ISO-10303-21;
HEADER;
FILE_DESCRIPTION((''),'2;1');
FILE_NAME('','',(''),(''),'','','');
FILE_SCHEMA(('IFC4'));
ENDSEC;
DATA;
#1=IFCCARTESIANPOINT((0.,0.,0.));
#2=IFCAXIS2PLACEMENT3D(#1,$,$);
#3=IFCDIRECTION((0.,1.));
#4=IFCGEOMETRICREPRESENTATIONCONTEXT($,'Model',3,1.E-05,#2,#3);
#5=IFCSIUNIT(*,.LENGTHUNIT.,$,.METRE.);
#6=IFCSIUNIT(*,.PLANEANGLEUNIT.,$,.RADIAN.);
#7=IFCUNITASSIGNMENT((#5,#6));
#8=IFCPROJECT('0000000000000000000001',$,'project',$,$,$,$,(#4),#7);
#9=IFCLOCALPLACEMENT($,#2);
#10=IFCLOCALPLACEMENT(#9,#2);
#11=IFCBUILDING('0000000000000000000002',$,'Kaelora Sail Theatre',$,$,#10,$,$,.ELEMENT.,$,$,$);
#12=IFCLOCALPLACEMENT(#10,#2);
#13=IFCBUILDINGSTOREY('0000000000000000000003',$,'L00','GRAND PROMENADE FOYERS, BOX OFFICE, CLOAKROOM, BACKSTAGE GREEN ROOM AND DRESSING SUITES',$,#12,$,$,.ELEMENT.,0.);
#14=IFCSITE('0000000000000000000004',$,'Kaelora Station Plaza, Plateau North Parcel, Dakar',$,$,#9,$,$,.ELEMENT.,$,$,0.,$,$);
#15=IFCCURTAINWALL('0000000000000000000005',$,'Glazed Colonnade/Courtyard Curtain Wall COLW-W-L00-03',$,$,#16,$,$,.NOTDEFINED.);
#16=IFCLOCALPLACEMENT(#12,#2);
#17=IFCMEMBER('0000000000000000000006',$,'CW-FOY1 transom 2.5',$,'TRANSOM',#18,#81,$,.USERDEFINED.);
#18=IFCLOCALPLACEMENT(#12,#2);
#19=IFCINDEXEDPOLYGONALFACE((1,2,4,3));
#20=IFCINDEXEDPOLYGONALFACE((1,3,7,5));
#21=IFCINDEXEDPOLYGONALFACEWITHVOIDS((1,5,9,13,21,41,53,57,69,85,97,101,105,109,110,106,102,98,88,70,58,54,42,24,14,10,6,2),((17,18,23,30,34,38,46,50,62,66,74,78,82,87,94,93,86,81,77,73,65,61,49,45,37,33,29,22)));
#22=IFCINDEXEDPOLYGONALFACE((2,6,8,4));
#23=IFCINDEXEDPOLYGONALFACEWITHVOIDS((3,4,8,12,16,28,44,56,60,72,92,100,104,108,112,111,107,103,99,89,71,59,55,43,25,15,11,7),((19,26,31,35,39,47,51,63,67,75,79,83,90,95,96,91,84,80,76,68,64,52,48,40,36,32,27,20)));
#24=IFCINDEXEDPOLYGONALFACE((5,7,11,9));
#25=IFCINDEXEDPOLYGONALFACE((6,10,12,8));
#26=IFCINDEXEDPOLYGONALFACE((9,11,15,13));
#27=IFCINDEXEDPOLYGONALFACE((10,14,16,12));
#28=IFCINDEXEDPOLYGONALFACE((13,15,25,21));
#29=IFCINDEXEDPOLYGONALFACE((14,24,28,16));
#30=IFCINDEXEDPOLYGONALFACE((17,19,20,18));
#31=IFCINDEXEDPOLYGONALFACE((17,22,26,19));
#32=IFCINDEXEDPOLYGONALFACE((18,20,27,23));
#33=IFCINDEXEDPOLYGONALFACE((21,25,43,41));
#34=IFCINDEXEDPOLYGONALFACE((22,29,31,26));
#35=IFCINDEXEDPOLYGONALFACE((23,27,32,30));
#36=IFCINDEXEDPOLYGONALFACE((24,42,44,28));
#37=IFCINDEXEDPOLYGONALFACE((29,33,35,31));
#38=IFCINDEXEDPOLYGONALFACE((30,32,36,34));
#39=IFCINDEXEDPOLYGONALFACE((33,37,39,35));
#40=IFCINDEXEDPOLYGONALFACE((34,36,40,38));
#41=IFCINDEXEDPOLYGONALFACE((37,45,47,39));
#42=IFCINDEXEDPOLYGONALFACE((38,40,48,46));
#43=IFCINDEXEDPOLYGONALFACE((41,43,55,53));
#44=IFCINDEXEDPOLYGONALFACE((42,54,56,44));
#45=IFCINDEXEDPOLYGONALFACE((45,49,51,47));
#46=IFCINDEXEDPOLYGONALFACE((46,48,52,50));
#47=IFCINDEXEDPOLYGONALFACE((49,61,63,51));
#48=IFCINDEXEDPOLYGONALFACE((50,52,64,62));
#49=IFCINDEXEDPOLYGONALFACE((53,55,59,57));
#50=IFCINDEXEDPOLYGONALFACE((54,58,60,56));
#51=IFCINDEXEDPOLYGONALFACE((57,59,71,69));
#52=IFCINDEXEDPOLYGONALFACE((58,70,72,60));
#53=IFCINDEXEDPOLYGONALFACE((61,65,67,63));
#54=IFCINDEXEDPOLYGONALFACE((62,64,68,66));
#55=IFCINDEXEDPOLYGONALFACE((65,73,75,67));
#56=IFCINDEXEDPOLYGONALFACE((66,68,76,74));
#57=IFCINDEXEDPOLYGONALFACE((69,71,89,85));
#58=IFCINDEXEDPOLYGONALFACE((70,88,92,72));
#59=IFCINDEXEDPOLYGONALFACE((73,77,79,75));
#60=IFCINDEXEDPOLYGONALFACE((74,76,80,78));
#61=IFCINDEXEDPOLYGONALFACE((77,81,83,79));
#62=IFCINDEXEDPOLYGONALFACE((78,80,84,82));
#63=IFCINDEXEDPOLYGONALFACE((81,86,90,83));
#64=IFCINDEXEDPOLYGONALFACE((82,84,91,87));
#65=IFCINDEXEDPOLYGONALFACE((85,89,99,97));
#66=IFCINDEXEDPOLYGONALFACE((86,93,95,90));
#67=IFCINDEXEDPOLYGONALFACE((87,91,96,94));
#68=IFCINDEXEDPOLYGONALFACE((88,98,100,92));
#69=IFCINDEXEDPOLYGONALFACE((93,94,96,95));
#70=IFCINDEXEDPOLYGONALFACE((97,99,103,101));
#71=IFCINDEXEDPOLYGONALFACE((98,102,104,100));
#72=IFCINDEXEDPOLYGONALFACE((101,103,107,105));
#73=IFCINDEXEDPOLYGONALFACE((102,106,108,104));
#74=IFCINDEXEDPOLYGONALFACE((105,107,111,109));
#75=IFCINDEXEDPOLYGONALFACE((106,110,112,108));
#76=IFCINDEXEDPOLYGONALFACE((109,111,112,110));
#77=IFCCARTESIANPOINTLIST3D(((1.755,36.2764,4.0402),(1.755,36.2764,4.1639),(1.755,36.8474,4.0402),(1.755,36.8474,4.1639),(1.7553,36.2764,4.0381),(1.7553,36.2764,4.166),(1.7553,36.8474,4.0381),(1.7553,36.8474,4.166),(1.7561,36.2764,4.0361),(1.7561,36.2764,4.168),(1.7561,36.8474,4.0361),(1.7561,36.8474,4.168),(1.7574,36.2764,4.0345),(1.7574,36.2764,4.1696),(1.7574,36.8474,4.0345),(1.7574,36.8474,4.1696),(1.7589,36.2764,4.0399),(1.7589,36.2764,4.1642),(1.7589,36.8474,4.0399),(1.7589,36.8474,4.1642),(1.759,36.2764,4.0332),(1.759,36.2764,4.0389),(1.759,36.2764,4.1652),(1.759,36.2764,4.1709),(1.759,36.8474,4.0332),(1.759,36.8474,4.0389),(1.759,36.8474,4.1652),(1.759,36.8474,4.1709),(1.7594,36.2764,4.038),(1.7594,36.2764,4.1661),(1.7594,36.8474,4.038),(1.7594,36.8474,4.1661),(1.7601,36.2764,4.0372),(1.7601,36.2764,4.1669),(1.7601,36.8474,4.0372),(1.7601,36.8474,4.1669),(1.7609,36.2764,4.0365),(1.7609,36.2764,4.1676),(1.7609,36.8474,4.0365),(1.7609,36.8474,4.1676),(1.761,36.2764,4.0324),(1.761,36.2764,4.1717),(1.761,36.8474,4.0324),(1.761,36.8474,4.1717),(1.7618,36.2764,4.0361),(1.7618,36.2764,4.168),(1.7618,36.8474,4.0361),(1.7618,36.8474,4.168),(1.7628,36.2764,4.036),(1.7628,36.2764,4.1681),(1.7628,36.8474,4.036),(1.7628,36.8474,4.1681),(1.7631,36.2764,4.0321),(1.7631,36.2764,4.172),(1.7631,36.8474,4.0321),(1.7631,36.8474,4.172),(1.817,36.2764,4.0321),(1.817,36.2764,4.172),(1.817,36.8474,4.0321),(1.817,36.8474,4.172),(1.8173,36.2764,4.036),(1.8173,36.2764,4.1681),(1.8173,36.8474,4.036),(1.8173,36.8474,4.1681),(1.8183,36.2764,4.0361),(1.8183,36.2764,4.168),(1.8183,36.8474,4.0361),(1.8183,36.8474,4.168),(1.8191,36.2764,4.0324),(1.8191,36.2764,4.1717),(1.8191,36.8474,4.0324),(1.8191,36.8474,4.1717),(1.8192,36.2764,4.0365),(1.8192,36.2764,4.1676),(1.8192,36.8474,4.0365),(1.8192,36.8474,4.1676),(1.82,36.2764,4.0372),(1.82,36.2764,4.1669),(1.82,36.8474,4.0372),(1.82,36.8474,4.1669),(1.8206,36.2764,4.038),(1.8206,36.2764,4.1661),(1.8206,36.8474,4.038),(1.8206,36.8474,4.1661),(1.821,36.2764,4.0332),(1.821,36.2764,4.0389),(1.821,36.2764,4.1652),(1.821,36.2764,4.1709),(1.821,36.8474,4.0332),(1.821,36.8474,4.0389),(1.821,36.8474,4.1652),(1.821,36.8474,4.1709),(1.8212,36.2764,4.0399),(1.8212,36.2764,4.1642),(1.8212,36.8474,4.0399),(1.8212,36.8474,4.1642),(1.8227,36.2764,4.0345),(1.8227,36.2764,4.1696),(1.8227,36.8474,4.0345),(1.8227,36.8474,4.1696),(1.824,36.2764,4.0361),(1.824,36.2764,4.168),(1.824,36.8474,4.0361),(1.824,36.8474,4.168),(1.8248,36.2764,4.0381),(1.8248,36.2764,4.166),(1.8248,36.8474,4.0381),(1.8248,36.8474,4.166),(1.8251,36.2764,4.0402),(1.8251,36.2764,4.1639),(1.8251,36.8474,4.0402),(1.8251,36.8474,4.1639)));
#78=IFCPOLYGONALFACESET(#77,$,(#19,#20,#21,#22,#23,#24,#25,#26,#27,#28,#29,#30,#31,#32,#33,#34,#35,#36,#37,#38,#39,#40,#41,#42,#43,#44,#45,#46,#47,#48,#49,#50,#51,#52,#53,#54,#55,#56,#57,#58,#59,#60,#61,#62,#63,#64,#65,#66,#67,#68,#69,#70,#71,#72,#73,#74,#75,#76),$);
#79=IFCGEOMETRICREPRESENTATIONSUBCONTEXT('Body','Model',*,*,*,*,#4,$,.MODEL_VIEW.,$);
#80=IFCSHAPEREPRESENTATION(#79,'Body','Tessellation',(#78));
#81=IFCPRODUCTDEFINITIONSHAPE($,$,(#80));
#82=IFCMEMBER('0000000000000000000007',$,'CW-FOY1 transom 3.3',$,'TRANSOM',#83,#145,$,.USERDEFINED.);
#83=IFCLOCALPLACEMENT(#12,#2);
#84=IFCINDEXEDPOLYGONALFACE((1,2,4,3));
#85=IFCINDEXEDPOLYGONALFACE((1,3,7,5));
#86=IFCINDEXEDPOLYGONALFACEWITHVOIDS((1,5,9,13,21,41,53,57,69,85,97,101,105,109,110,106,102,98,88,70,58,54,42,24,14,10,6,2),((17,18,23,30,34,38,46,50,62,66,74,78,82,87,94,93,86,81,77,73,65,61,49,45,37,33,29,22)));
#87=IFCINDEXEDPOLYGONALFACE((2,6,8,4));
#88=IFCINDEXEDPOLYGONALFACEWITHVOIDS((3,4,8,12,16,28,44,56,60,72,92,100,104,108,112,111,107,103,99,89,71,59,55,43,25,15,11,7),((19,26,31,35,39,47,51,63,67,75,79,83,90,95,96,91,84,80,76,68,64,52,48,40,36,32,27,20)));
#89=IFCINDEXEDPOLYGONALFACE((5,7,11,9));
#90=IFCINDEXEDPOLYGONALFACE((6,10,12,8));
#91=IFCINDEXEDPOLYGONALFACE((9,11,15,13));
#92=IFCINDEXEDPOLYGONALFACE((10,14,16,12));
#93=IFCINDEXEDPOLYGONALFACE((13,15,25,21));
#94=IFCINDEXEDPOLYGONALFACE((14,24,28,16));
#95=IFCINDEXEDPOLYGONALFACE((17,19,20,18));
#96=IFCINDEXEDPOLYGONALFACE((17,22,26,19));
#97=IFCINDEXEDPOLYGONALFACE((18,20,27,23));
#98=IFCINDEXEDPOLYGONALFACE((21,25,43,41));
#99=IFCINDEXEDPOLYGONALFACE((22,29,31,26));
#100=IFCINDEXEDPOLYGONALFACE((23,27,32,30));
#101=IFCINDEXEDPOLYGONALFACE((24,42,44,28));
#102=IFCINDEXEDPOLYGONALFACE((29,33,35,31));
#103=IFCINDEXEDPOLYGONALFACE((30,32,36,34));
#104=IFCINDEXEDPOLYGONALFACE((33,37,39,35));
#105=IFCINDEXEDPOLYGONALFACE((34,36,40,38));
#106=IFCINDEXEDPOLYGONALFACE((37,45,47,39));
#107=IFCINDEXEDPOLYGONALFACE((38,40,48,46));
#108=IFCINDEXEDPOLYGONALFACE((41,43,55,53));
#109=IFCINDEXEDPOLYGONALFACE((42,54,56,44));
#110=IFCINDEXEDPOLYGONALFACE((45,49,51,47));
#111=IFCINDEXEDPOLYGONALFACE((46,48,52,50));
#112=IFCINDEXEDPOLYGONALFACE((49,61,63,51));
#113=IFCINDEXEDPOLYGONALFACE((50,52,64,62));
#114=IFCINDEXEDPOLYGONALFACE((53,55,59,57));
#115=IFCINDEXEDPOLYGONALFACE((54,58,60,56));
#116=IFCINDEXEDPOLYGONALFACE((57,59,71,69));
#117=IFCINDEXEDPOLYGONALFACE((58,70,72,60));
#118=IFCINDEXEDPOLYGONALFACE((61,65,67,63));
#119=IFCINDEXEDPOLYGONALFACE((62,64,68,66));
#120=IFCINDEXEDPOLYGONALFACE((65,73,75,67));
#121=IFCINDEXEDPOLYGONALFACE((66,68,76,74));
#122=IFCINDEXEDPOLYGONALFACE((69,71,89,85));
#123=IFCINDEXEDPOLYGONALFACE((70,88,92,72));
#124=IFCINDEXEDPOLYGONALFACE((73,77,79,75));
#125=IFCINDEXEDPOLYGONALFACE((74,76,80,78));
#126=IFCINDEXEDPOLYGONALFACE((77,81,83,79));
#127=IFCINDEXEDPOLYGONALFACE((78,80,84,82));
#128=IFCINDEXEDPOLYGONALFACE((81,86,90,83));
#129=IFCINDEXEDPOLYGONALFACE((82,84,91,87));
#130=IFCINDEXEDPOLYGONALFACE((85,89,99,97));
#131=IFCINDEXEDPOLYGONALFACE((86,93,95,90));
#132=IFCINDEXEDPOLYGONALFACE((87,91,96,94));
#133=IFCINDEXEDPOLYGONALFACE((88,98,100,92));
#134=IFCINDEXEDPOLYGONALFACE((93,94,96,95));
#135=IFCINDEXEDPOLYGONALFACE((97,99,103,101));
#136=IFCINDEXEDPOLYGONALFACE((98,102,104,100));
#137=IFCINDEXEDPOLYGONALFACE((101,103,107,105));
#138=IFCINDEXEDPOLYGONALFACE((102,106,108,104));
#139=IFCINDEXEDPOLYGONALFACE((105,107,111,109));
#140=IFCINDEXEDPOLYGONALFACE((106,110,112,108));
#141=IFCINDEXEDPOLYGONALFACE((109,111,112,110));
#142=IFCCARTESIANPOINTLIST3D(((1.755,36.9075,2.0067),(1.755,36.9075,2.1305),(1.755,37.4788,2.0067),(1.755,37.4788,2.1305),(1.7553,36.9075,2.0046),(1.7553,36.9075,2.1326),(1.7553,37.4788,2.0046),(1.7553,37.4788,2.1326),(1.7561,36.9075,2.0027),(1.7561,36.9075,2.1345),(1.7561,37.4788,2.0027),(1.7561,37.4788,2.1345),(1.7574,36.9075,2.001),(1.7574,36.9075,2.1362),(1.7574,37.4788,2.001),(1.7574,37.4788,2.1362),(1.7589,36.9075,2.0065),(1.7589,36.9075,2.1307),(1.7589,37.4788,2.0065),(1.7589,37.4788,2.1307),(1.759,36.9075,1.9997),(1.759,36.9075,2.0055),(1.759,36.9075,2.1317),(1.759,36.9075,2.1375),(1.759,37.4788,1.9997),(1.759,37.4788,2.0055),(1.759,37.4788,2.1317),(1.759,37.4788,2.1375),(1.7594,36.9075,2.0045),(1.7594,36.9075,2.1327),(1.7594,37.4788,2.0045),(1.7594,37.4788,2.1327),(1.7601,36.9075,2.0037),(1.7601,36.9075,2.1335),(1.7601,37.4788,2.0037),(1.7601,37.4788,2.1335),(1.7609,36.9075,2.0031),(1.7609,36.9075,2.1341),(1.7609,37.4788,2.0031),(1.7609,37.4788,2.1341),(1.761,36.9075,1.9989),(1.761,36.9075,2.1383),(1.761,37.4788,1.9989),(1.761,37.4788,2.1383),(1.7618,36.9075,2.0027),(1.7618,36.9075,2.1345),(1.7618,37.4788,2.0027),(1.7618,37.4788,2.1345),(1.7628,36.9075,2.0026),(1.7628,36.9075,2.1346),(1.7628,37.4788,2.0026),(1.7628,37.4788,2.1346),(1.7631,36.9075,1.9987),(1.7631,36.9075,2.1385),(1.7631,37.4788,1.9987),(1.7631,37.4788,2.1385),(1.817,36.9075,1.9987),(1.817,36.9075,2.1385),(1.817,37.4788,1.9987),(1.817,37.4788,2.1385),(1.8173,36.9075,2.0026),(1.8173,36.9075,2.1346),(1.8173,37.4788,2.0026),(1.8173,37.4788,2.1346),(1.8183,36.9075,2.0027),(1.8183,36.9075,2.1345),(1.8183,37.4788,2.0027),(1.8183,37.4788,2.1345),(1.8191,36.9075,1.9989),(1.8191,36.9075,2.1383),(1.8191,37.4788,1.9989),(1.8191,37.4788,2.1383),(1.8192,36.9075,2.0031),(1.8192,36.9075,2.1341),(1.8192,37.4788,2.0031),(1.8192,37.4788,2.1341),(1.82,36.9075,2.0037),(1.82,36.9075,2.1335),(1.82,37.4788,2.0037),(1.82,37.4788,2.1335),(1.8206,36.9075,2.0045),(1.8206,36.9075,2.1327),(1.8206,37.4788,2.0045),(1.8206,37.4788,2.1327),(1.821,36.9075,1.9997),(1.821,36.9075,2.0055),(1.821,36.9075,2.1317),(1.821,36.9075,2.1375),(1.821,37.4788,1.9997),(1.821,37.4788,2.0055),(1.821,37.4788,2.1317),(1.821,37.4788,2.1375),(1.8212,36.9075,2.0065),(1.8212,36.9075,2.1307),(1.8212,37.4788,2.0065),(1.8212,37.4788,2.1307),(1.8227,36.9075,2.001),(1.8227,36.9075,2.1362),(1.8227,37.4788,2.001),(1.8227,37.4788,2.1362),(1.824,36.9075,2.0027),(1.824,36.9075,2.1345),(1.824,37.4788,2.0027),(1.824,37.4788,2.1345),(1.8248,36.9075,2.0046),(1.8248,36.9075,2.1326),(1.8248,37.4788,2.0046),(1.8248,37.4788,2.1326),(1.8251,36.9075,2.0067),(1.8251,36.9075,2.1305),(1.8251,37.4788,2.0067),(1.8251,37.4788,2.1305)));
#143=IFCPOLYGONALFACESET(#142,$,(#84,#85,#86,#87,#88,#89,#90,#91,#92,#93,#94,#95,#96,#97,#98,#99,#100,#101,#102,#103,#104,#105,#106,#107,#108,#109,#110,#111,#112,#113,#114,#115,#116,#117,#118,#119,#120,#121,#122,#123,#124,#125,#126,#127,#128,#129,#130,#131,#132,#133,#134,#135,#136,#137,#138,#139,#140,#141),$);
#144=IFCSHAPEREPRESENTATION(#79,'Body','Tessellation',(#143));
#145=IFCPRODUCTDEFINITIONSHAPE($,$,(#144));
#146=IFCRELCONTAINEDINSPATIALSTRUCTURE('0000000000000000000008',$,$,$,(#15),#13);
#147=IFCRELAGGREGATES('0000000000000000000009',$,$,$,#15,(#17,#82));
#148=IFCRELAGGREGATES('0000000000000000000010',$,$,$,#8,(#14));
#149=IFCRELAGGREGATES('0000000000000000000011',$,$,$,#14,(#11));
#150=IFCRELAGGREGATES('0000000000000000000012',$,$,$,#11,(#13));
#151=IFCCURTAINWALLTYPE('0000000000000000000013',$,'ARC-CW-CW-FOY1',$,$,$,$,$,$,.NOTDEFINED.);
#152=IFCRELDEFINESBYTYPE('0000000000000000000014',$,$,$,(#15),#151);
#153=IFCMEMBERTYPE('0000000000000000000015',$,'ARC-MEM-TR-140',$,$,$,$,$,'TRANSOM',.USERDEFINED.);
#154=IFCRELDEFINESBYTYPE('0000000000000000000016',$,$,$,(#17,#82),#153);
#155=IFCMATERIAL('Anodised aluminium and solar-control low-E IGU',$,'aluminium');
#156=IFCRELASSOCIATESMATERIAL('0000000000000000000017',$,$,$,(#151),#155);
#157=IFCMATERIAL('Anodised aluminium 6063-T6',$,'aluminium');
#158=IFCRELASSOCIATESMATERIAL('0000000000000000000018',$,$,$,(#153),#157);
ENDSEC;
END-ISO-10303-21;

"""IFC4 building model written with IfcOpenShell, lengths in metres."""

from ifc_helpers import new_model, si_unit, direction, frame, origin, origin_2d, place, context, subcontext, project, spatial, hollow_rectangle, extrude, material, material_profile, profile_set, type_object, element, aggregate, save


model = new_model("IFC4")

# Units and contexts
model_context = context("Model", 3, precision=1e-05, world=origin(), true_north=direction((0.0, 1.0)))
body_context = subcontext(model_context, "Body", "Model", "MODEL_VIEW")
ifc_project = project(units=[si_unit("LENGTHUNIT", "METRE"), si_unit("PLANEANGLEUNIT", "RADIAN")], contexts=[model_context])

# Site, building, storey
site_placement = place(None, origin())
site = spatial("IfcSite", under=ifc_project, at=site_placement, Name="Kaelora Station Plaza, Plateau North Parcel, Dakar", CompositionType="ELEMENT", RefElevation=0.0)
building_placement = place(site_placement, origin())
building = spatial("IfcBuilding", under=site, at=building_placement, Name="Kaelora Sail Theatre", CompositionType="ELEMENT")
storey_placement = place(building_placement, origin())
storey = spatial("IfcBuildingStorey", under=building, at=storey_placement, Name="L00", Description="GRAND PROMENADE FOYERS, BOX OFFICE, CLOAKROOM, BACKSTAGE GREEN ROOM AND DRESSING SUITES", CompositionType="ELEMENT", Elevation=0.0)

# Curtain wall, members
ifc_material_1 = material(Name="Anodised aluminium and solar-control low-E IGU", Category="aluminium")
curtain_wall_type = type_object("IfcCurtainWallType", Name="ARC-CW-CW-FOY1", PredefinedType="NOTDEFINED", material=ifc_material_1)
curtain_wall_1_placement = place(storey_placement, origin())
curtain_wall_1 = element("IfcCurtainWall", 1, at=curtain_wall_1_placement, inside=storey, type_object=curtain_wall_type, Name="Glazed Colonnade/Courtyard Curtain Wall COLW-W-L00-03", PredefinedType="NOTDEFINED")
ifc_material_2 = material(Name="Anodised aluminium 6063-T6", Category="aluminium")
ifc_material_profile = material_profile(ifc_material_2, hollow_rectangle(XDim=0.0701, YDim=0.1399, WallThickness=0.0039, InnerFilletRadius=0.0039, OuterFilletRadius=0.0081, at=origin_2d()), Name="ALU-TRAN 70x140x4")
ifc_profile_set = profile_set([ifc_material_profile], Name="Anodised aluminium 6063-T6")
member_type = type_object("IfcMemberType", Name="ARC-MEM-TR-140", ElementType="TRANSOM", PredefinedType="USERDEFINED", material=ifc_profile_set)
member_1_placement = place(storey_placement, frame((1.79, 36.2764, 4.1021), z_axis=(0.0, 1.0, 0.0), x_axis=(-1.0, 0.0, 0.0)))
member_1 = element("IfcMember", 2, at=member_1_placement, type_object=member_type, Name="CW-FOY1 transom 2.5", ObjectType="TRANSOM", PredefinedType="USERDEFINED", context=body_context, shape_type="SweptSolid", body=[
    extrude(hollow_rectangle(XDim=0.0701, YDim=0.1399, WallThickness=0.0039, InnerFilletRadius=0.0039, OuterFilletRadius=0.0081, at=origin_2d()), origin(), (0.0, 0.0, 1.0), 0.571),
])
member_2_placement = place(storey_placement, frame((1.79, 36.9075, 2.0686), z_axis=(0.0, 1.0, 0.0), x_axis=(-1.0, 0.0, 0.0)))
member_2 = element("IfcMember", 3, at=member_2_placement, type_object=member_type, Name="CW-FOY1 transom 3.3", ObjectType="TRANSOM", PredefinedType="USERDEFINED", context=body_context, shape_type="SweptSolid", body=[
    extrude(hollow_rectangle(XDim=0.0701, YDim=0.1399, WallThickness=0.0039, InnerFilletRadius=0.0039, OuterFilletRadius=0.0081, at=origin_2d()), origin(), (0.0, 0.0, 1.0), 0.5713),
])

aggregate(curtain_wall_1, [member_1, member_2])

save(model, "model.ifc")
